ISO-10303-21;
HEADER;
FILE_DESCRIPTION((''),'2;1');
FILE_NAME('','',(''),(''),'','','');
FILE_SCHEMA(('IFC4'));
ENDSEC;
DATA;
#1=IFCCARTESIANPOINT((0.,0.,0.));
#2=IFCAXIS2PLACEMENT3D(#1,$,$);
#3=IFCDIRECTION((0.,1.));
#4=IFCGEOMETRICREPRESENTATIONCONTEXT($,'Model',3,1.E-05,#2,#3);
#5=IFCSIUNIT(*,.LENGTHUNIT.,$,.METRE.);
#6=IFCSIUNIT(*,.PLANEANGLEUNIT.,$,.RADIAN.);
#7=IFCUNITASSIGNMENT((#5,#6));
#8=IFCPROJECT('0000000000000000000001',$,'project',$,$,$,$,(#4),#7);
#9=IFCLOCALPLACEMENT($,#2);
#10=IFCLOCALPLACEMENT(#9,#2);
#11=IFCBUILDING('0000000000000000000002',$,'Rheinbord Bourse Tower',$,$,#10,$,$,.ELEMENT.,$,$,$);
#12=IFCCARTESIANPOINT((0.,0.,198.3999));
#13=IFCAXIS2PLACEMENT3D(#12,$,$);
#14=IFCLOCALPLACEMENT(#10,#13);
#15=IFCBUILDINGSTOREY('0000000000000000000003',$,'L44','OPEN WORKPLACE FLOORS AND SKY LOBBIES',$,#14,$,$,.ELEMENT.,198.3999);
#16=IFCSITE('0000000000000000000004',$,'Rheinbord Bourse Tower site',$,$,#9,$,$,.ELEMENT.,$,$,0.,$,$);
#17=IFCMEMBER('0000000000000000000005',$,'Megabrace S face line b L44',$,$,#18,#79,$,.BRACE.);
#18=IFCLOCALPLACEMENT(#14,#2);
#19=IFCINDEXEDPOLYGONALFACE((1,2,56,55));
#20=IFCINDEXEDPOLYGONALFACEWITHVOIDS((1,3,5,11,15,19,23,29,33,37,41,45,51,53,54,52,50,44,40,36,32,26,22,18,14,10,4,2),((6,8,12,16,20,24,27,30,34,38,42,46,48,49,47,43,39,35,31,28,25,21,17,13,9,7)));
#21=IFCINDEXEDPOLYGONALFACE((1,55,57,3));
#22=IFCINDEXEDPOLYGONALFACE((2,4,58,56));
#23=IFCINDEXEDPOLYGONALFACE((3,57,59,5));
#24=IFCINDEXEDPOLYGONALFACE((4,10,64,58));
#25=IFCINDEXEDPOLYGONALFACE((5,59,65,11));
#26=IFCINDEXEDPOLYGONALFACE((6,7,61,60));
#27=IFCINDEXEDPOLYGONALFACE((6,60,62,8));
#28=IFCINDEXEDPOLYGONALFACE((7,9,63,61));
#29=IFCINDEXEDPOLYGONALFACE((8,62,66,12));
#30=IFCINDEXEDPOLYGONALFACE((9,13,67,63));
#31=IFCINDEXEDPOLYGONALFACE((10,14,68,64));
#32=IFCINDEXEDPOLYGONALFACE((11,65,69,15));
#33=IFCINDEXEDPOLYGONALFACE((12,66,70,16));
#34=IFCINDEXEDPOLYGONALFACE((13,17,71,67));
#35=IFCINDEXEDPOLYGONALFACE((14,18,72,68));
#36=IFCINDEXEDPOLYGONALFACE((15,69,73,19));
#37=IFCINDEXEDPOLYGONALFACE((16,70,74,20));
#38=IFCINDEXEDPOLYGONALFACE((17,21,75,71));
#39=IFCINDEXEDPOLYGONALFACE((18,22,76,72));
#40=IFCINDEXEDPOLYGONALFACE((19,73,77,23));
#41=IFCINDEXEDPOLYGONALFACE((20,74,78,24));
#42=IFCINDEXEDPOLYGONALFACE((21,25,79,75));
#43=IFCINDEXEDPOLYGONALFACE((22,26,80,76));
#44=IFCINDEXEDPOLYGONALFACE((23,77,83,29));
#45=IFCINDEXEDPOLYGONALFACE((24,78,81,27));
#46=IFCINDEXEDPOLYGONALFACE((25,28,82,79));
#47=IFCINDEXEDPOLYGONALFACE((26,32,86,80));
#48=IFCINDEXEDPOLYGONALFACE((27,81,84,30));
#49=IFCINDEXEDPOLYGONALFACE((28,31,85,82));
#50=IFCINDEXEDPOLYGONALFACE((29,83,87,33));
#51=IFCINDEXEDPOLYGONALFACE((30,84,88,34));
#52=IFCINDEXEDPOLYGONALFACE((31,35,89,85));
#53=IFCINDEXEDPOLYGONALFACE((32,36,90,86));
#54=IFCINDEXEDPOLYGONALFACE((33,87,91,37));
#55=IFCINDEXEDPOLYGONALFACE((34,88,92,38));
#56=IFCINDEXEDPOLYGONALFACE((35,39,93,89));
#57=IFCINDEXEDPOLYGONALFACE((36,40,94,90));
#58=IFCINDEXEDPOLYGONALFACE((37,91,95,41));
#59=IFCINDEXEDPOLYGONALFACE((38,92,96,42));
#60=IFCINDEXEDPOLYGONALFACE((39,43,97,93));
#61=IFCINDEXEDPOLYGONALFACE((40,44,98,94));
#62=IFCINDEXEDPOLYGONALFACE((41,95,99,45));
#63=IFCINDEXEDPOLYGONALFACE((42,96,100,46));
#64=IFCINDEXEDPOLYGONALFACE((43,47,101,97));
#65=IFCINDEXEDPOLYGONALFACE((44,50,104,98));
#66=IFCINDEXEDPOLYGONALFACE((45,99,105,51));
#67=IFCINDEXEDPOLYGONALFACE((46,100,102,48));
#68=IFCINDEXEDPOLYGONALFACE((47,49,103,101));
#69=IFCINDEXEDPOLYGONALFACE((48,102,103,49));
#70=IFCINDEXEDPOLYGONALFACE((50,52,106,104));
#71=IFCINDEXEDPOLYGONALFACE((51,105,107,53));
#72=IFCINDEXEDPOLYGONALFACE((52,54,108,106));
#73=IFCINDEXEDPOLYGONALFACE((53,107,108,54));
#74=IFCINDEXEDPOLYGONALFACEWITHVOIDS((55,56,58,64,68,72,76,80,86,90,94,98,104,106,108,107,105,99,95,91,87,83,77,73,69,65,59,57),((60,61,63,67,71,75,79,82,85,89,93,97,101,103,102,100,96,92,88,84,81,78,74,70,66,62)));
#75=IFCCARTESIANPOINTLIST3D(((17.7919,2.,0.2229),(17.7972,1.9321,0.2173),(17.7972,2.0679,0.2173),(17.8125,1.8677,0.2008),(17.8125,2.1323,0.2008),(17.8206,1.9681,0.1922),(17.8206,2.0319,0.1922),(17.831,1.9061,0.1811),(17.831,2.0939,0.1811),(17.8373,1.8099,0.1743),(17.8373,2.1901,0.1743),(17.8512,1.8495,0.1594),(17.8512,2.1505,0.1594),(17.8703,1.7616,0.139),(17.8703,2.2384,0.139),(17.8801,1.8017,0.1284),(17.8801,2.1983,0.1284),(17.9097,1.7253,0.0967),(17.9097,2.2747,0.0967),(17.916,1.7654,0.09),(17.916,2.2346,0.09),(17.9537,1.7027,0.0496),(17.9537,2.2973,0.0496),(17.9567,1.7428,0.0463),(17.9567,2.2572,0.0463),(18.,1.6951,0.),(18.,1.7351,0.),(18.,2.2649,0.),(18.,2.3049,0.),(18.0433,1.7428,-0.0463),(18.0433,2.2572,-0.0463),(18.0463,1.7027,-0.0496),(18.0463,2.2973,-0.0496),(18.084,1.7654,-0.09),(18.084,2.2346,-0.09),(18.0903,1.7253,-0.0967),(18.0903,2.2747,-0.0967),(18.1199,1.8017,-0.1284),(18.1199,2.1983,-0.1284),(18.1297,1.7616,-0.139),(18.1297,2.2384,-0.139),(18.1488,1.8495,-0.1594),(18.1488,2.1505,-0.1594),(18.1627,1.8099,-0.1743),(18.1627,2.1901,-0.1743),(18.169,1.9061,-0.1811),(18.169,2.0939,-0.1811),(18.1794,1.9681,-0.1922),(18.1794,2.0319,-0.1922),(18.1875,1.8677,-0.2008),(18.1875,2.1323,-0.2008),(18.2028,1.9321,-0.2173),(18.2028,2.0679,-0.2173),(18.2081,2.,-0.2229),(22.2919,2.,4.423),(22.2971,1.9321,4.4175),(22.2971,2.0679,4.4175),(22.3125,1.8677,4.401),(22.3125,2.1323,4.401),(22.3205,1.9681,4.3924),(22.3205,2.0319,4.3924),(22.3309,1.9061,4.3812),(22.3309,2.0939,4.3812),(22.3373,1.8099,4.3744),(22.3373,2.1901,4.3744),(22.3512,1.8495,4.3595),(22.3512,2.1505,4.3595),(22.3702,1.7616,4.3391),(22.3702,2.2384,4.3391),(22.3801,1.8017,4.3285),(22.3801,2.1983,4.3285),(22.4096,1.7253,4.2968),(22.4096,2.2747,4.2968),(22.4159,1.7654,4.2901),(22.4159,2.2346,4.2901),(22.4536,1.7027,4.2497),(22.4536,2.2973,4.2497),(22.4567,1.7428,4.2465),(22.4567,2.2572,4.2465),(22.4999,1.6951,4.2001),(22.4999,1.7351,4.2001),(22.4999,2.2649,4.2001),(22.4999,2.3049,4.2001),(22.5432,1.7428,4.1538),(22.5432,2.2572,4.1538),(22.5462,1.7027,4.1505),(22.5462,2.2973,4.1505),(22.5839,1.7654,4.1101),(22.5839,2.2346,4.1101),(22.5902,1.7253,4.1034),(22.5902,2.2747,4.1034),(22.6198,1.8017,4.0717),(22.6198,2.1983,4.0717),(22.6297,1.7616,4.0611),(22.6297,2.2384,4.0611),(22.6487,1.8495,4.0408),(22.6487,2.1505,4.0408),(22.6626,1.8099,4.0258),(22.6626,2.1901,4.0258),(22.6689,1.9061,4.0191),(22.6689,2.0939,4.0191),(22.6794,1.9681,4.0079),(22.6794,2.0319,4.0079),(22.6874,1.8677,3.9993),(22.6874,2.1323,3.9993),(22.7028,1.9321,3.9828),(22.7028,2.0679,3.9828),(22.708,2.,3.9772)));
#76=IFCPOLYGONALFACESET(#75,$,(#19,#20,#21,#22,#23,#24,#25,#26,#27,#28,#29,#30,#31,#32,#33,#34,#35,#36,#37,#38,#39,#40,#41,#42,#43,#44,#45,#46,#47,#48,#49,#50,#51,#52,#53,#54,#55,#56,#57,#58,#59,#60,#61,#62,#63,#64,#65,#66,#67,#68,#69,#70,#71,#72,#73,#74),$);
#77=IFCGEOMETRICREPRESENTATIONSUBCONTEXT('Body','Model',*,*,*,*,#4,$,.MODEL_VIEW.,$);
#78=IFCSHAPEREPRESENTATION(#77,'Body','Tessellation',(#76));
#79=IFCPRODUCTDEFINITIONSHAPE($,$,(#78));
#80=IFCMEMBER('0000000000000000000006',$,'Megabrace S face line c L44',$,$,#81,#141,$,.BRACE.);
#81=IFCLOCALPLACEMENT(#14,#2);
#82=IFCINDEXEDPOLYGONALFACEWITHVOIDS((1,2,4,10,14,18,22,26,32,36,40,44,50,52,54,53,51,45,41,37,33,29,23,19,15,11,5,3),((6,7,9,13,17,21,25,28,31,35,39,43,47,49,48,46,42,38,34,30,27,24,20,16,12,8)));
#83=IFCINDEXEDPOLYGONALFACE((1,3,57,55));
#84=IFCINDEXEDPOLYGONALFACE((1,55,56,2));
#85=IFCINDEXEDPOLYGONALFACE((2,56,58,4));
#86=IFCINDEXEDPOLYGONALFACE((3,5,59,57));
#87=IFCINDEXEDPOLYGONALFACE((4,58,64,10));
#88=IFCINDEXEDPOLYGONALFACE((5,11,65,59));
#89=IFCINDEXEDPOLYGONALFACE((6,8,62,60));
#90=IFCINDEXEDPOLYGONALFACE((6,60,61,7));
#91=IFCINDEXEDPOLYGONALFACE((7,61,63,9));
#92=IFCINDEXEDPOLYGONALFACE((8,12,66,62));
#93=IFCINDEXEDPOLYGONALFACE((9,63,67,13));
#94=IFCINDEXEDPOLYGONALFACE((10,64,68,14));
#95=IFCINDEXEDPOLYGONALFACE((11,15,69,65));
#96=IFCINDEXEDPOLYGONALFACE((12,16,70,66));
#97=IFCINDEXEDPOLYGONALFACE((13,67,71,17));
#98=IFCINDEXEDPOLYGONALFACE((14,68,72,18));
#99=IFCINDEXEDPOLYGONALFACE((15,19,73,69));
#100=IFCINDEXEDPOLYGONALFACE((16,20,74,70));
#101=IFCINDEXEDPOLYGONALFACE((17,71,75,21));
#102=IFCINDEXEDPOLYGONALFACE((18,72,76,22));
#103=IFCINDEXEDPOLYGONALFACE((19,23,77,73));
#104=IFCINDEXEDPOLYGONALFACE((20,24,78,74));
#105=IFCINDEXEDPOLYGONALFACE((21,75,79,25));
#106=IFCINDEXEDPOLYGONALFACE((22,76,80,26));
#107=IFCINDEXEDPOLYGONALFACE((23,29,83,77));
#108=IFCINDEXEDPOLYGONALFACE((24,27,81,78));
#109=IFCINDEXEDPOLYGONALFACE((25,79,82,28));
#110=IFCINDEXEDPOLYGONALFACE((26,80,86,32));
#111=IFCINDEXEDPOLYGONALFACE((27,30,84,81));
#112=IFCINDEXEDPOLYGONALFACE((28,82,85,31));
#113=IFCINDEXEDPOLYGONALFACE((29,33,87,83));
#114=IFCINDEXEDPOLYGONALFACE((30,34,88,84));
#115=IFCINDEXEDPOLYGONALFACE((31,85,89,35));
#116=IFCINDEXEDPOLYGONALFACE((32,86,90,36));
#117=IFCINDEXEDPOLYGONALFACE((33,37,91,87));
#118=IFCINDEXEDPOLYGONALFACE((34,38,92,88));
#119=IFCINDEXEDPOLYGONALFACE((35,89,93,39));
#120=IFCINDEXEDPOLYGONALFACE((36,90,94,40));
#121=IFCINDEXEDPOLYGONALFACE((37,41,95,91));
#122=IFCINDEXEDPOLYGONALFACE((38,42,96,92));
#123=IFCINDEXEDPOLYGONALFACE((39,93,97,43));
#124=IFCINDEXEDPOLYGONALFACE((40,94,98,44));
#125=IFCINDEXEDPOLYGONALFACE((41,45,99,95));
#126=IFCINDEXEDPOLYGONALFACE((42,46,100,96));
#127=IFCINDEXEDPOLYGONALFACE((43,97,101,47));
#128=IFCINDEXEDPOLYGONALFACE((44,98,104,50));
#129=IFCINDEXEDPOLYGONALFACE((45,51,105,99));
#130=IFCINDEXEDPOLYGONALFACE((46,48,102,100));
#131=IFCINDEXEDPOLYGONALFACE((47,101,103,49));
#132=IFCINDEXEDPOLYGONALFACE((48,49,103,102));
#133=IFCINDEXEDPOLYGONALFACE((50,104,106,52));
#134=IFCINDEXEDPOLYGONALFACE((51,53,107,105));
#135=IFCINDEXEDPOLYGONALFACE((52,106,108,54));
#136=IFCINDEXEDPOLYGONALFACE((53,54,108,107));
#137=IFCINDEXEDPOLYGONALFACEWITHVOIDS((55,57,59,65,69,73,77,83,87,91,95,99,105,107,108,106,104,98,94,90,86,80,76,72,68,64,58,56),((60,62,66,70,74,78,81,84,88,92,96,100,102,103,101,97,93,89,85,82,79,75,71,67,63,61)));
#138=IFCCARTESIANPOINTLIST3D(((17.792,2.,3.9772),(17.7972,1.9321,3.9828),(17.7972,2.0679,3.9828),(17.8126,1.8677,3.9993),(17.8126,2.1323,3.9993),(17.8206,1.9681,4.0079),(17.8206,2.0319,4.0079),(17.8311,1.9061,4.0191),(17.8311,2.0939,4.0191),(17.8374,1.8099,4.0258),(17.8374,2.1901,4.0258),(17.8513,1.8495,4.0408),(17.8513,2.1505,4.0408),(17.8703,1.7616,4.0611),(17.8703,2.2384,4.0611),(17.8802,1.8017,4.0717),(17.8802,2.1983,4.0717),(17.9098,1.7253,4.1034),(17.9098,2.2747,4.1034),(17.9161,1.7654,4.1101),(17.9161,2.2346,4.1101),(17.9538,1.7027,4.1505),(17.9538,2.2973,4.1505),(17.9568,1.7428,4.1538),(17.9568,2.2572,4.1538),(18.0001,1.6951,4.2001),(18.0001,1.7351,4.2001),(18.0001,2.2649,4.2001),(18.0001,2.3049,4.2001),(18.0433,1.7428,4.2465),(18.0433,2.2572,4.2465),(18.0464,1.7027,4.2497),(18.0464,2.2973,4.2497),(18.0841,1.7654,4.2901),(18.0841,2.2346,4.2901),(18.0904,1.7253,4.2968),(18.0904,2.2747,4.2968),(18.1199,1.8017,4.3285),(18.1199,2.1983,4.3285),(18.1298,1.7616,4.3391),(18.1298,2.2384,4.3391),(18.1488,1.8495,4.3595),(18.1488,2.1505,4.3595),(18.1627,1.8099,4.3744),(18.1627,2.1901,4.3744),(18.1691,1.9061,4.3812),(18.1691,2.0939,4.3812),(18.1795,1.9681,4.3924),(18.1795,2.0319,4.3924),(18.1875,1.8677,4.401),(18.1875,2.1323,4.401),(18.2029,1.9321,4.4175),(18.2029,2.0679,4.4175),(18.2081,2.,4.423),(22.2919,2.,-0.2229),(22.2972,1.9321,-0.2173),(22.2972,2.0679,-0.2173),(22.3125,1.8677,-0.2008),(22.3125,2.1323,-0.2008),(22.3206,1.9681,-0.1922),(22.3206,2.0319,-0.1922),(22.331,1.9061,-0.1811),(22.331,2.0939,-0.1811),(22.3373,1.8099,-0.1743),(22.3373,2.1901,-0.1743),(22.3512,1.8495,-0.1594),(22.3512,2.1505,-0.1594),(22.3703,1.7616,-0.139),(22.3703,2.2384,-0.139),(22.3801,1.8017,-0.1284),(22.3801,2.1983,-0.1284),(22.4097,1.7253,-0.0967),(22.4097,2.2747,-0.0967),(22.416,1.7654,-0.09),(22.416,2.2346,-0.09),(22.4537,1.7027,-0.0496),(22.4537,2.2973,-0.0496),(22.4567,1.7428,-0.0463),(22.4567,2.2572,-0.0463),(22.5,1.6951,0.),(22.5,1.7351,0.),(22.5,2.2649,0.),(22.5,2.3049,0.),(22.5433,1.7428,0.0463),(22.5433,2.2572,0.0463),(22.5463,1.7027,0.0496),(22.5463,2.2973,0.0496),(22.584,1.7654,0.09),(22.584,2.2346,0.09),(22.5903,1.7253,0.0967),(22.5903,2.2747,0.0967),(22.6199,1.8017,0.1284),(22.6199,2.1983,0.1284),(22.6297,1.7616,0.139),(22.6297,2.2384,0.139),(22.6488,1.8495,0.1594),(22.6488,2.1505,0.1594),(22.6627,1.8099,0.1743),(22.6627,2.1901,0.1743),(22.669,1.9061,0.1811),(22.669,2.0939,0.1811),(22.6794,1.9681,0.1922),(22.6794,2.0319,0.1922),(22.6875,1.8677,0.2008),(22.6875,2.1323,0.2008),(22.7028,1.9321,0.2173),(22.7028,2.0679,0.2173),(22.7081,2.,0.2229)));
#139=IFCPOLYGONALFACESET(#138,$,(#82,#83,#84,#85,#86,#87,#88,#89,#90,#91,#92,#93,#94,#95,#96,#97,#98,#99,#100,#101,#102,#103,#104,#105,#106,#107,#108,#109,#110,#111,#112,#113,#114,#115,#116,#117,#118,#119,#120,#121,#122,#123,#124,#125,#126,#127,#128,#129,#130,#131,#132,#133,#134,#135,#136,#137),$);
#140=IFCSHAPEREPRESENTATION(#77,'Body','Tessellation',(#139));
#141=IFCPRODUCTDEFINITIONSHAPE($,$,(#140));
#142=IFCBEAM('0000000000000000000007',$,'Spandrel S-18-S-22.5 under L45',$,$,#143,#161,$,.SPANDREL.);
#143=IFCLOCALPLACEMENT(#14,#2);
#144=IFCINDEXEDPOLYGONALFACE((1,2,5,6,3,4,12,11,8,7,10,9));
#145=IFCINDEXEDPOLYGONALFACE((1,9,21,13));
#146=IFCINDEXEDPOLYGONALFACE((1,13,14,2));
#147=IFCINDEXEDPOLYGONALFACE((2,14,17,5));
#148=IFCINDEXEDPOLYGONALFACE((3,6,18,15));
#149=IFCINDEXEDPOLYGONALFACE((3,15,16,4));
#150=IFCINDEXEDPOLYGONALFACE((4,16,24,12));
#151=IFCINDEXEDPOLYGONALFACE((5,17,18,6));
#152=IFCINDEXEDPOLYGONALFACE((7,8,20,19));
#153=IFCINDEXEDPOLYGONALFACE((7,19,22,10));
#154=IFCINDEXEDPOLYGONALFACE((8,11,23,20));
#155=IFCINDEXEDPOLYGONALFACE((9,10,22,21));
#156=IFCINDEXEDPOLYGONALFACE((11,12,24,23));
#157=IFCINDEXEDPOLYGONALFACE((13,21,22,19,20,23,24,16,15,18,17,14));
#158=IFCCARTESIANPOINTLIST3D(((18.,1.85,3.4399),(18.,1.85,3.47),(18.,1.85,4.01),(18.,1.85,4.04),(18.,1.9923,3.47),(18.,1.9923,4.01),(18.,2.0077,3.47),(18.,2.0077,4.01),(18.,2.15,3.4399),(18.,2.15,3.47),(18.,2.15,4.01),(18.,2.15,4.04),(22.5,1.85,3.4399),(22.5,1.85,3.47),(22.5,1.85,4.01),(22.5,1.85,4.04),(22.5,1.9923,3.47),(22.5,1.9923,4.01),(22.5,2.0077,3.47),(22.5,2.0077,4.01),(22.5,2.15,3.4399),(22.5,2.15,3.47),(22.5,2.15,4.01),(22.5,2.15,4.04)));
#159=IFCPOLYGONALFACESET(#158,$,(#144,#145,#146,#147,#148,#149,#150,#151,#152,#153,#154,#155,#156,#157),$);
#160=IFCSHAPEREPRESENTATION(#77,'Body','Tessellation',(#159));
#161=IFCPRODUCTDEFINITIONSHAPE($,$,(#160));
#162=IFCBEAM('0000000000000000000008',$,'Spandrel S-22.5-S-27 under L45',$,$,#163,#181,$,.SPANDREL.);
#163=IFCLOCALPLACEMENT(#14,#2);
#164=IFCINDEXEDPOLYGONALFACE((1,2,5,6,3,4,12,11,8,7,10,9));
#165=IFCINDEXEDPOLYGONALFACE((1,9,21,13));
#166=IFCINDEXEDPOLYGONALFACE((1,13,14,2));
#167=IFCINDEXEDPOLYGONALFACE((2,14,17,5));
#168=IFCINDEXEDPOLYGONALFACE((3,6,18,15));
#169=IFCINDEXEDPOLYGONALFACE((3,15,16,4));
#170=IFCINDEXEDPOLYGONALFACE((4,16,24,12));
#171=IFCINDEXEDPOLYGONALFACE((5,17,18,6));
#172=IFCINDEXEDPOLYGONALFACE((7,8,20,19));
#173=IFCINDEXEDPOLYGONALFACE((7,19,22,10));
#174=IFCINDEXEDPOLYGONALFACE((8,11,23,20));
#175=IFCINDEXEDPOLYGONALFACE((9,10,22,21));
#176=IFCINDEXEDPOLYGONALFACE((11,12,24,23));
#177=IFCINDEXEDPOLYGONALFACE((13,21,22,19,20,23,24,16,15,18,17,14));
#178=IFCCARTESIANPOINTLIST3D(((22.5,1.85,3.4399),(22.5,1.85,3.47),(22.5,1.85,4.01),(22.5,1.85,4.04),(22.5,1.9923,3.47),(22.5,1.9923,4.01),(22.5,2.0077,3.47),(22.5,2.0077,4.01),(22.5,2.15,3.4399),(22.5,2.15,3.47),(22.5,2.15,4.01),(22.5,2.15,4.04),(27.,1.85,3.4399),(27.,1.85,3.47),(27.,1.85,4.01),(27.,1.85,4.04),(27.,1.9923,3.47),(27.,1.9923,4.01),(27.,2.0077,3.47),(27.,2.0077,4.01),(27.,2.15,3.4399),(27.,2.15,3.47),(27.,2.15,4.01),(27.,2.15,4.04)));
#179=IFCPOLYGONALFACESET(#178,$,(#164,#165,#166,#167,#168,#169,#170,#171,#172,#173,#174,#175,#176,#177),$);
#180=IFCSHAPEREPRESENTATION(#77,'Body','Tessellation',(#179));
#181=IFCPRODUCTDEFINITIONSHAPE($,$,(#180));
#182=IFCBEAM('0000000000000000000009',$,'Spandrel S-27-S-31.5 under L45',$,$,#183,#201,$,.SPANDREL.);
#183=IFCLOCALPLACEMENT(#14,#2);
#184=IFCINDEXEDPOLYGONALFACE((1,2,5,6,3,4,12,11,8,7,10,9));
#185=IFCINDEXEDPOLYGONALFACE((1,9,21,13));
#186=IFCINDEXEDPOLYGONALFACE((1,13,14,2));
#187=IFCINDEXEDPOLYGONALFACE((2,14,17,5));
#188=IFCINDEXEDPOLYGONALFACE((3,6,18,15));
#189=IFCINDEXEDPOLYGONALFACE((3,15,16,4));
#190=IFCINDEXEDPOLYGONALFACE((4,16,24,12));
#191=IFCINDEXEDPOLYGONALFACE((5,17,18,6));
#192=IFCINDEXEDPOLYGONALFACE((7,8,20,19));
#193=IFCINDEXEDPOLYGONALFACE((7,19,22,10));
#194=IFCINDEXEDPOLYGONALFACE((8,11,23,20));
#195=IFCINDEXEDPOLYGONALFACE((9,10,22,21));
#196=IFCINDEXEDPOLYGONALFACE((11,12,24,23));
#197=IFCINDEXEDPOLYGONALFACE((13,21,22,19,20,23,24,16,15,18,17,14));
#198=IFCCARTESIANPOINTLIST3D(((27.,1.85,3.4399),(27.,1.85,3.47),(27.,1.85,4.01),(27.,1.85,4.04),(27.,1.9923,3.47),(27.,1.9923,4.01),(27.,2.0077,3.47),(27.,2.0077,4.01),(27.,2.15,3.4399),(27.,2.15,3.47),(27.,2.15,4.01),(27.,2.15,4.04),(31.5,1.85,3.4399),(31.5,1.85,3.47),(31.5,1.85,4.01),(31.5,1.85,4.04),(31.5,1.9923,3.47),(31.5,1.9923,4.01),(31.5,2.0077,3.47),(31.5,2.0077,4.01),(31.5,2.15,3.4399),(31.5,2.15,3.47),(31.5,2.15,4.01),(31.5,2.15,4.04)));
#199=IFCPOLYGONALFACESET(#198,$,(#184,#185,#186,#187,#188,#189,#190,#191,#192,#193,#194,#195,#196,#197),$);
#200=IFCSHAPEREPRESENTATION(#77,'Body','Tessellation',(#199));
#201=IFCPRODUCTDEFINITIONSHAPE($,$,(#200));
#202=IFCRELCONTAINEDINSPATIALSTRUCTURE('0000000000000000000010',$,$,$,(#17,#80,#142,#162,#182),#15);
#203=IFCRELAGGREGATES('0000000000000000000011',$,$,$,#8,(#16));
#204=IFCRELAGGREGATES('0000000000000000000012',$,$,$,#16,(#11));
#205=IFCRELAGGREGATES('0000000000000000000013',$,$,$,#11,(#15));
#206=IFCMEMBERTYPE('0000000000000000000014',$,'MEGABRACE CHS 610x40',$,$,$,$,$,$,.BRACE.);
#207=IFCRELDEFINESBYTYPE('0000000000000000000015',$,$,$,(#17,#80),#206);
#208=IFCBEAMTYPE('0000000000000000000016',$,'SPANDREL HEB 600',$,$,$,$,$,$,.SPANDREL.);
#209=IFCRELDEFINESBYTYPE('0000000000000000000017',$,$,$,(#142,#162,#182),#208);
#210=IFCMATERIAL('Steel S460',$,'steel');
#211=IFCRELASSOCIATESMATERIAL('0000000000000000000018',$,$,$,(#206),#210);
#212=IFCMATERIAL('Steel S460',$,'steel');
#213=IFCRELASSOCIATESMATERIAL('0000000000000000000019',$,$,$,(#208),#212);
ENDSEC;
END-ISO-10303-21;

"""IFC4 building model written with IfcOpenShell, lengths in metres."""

from ifc_helpers import new_model, si_unit, direction, frame, origin, origin_2d, place, context, subcontext, project, spatial, hollow_circle, i_section, extrude, material, material_profile, profile_set, type_object, element, save


model = new_model("IFC4")

# Units and contexts
model_context = context("Model", 3, precision=1e-05, world=origin(), true_north=direction((0.0, 1.0)))
body_context = subcontext(model_context, "Body", "Model", "MODEL_VIEW")
ifc_project = project(units=[si_unit("LENGTHUNIT", "METRE"), si_unit("PLANEANGLEUNIT", "RADIAN")], contexts=[model_context])

# Site, building, storey
site_placement = place(None, origin())
site = spatial("IfcSite", under=ifc_project, at=site_placement, Name="Rheinbord Bourse Tower site", CompositionType="ELEMENT", RefElevation=0.0)
building_placement = place(site_placement, origin())
building = spatial("IfcBuilding", under=site, at=building_placement, Name="Rheinbord Bourse Tower", CompositionType="ELEMENT")
storey_placement = place(building_placement, frame((0.0, 0.0, 198.3999)))
storey = spatial("IfcBuildingStorey", under=building, at=storey_placement, Name="L44", Description="OPEN WORKPLACE FLOORS AND SKY LOBBIES", CompositionType="ELEMENT", Elevation=198.3999)

# Members
ifc_material_1 = material(Name="Steel S460", Category="steel")
ifc_material_profile_1 = material_profile(ifc_material_1, hollow_circle(Radius=0.3049, WallThickness=0.04, at=origin_2d()), Name="CHS 610x40")
ifc_profile_set_1 = profile_set([ifc_material_profile_1], Name="Steel S460")
member_type_1 = type_object("IfcMemberType", Name="MEGABRACE CHS 610x40", PredefinedType="BRACE", material=ifc_profile_set_1)
for number, where, z_axis, x_axis, name in (
    (1, (18.0, 2.0, 0.0), (0.731039, 0.0, 0.682335), (0.0, 1.0, 0.0), "Megabrace S face line b L44"),
    (2, (22.5, 2.0, 0.0), (-0.731039, 0.0, 0.682335), (0.0, -1.0, 0.0), "Megabrace S face line c L44"),
):
    element("IfcMember", number, at=place(storey_placement, frame(where, z_axis=z_axis, x_axis=x_axis)), inside=storey, type_object=member_type_1, Name=name, PredefinedType="BRACE", context=body_context, shape_type="SweptSolid", body=[
        extrude(hollow_circle(Radius=0.3049, WallThickness=0.04, at=origin_2d()), origin(), (0.0, 0.0, 1.0), 6.1555),
    ])

# Beams
ifc_material_2 = material(Name="Steel S460", Category="steel")
ifc_material_profile_2 = material_profile(ifc_material_2, i_section(OverallWidth=0.3, OverallDepth=0.6001, WebThickness=0.0154, FlangeThickness=0.03, at=origin_2d()), Name="HEB 600")
ifc_profile_set_2 = profile_set([ifc_material_profile_2], Name="Steel S460")
beam_type_1 = type_object("IfcBeamType", Name="SPANDREL HEB 600", PredefinedType="SPANDREL", material=ifc_profile_set_2)
for number, where, z_axis, x_axis, name in (
    (3, (18.0, 2.0, 3.74), (1.0, 0.0, 0.0), (0.0, 1.0, 0.0), "Spandrel S-18-S-22.5 under L45"),
    (4, (22.5, 2.0, 3.74), (1.0, 0.0, 0.0), (0.0, 1.0, 0.0), "Spandrel S-22.5-S-27 under L45"),
    (5, (27.0, 2.0, 3.74), (1.0, 0.0, 0.0), (0.0, 1.0, 0.0), "Spandrel S-27-S-31.5 under L45"),
):
    element("IfcBeam", number, at=place(storey_placement, frame(where, z_axis=z_axis, x_axis=x_axis)), inside=storey, type_object=beam_type_1, Name=name, PredefinedType="SPANDREL", context=body_context, shape_type="SweptSolid", body=[
        extrude(i_section(OverallWidth=0.3, OverallDepth=0.6001, WebThickness=0.0154, FlangeThickness=0.03, at=origin_2d()), origin(), (0.0, 0.0, 1.0), 4.5),
    ])

save(model, "model.ifc")
